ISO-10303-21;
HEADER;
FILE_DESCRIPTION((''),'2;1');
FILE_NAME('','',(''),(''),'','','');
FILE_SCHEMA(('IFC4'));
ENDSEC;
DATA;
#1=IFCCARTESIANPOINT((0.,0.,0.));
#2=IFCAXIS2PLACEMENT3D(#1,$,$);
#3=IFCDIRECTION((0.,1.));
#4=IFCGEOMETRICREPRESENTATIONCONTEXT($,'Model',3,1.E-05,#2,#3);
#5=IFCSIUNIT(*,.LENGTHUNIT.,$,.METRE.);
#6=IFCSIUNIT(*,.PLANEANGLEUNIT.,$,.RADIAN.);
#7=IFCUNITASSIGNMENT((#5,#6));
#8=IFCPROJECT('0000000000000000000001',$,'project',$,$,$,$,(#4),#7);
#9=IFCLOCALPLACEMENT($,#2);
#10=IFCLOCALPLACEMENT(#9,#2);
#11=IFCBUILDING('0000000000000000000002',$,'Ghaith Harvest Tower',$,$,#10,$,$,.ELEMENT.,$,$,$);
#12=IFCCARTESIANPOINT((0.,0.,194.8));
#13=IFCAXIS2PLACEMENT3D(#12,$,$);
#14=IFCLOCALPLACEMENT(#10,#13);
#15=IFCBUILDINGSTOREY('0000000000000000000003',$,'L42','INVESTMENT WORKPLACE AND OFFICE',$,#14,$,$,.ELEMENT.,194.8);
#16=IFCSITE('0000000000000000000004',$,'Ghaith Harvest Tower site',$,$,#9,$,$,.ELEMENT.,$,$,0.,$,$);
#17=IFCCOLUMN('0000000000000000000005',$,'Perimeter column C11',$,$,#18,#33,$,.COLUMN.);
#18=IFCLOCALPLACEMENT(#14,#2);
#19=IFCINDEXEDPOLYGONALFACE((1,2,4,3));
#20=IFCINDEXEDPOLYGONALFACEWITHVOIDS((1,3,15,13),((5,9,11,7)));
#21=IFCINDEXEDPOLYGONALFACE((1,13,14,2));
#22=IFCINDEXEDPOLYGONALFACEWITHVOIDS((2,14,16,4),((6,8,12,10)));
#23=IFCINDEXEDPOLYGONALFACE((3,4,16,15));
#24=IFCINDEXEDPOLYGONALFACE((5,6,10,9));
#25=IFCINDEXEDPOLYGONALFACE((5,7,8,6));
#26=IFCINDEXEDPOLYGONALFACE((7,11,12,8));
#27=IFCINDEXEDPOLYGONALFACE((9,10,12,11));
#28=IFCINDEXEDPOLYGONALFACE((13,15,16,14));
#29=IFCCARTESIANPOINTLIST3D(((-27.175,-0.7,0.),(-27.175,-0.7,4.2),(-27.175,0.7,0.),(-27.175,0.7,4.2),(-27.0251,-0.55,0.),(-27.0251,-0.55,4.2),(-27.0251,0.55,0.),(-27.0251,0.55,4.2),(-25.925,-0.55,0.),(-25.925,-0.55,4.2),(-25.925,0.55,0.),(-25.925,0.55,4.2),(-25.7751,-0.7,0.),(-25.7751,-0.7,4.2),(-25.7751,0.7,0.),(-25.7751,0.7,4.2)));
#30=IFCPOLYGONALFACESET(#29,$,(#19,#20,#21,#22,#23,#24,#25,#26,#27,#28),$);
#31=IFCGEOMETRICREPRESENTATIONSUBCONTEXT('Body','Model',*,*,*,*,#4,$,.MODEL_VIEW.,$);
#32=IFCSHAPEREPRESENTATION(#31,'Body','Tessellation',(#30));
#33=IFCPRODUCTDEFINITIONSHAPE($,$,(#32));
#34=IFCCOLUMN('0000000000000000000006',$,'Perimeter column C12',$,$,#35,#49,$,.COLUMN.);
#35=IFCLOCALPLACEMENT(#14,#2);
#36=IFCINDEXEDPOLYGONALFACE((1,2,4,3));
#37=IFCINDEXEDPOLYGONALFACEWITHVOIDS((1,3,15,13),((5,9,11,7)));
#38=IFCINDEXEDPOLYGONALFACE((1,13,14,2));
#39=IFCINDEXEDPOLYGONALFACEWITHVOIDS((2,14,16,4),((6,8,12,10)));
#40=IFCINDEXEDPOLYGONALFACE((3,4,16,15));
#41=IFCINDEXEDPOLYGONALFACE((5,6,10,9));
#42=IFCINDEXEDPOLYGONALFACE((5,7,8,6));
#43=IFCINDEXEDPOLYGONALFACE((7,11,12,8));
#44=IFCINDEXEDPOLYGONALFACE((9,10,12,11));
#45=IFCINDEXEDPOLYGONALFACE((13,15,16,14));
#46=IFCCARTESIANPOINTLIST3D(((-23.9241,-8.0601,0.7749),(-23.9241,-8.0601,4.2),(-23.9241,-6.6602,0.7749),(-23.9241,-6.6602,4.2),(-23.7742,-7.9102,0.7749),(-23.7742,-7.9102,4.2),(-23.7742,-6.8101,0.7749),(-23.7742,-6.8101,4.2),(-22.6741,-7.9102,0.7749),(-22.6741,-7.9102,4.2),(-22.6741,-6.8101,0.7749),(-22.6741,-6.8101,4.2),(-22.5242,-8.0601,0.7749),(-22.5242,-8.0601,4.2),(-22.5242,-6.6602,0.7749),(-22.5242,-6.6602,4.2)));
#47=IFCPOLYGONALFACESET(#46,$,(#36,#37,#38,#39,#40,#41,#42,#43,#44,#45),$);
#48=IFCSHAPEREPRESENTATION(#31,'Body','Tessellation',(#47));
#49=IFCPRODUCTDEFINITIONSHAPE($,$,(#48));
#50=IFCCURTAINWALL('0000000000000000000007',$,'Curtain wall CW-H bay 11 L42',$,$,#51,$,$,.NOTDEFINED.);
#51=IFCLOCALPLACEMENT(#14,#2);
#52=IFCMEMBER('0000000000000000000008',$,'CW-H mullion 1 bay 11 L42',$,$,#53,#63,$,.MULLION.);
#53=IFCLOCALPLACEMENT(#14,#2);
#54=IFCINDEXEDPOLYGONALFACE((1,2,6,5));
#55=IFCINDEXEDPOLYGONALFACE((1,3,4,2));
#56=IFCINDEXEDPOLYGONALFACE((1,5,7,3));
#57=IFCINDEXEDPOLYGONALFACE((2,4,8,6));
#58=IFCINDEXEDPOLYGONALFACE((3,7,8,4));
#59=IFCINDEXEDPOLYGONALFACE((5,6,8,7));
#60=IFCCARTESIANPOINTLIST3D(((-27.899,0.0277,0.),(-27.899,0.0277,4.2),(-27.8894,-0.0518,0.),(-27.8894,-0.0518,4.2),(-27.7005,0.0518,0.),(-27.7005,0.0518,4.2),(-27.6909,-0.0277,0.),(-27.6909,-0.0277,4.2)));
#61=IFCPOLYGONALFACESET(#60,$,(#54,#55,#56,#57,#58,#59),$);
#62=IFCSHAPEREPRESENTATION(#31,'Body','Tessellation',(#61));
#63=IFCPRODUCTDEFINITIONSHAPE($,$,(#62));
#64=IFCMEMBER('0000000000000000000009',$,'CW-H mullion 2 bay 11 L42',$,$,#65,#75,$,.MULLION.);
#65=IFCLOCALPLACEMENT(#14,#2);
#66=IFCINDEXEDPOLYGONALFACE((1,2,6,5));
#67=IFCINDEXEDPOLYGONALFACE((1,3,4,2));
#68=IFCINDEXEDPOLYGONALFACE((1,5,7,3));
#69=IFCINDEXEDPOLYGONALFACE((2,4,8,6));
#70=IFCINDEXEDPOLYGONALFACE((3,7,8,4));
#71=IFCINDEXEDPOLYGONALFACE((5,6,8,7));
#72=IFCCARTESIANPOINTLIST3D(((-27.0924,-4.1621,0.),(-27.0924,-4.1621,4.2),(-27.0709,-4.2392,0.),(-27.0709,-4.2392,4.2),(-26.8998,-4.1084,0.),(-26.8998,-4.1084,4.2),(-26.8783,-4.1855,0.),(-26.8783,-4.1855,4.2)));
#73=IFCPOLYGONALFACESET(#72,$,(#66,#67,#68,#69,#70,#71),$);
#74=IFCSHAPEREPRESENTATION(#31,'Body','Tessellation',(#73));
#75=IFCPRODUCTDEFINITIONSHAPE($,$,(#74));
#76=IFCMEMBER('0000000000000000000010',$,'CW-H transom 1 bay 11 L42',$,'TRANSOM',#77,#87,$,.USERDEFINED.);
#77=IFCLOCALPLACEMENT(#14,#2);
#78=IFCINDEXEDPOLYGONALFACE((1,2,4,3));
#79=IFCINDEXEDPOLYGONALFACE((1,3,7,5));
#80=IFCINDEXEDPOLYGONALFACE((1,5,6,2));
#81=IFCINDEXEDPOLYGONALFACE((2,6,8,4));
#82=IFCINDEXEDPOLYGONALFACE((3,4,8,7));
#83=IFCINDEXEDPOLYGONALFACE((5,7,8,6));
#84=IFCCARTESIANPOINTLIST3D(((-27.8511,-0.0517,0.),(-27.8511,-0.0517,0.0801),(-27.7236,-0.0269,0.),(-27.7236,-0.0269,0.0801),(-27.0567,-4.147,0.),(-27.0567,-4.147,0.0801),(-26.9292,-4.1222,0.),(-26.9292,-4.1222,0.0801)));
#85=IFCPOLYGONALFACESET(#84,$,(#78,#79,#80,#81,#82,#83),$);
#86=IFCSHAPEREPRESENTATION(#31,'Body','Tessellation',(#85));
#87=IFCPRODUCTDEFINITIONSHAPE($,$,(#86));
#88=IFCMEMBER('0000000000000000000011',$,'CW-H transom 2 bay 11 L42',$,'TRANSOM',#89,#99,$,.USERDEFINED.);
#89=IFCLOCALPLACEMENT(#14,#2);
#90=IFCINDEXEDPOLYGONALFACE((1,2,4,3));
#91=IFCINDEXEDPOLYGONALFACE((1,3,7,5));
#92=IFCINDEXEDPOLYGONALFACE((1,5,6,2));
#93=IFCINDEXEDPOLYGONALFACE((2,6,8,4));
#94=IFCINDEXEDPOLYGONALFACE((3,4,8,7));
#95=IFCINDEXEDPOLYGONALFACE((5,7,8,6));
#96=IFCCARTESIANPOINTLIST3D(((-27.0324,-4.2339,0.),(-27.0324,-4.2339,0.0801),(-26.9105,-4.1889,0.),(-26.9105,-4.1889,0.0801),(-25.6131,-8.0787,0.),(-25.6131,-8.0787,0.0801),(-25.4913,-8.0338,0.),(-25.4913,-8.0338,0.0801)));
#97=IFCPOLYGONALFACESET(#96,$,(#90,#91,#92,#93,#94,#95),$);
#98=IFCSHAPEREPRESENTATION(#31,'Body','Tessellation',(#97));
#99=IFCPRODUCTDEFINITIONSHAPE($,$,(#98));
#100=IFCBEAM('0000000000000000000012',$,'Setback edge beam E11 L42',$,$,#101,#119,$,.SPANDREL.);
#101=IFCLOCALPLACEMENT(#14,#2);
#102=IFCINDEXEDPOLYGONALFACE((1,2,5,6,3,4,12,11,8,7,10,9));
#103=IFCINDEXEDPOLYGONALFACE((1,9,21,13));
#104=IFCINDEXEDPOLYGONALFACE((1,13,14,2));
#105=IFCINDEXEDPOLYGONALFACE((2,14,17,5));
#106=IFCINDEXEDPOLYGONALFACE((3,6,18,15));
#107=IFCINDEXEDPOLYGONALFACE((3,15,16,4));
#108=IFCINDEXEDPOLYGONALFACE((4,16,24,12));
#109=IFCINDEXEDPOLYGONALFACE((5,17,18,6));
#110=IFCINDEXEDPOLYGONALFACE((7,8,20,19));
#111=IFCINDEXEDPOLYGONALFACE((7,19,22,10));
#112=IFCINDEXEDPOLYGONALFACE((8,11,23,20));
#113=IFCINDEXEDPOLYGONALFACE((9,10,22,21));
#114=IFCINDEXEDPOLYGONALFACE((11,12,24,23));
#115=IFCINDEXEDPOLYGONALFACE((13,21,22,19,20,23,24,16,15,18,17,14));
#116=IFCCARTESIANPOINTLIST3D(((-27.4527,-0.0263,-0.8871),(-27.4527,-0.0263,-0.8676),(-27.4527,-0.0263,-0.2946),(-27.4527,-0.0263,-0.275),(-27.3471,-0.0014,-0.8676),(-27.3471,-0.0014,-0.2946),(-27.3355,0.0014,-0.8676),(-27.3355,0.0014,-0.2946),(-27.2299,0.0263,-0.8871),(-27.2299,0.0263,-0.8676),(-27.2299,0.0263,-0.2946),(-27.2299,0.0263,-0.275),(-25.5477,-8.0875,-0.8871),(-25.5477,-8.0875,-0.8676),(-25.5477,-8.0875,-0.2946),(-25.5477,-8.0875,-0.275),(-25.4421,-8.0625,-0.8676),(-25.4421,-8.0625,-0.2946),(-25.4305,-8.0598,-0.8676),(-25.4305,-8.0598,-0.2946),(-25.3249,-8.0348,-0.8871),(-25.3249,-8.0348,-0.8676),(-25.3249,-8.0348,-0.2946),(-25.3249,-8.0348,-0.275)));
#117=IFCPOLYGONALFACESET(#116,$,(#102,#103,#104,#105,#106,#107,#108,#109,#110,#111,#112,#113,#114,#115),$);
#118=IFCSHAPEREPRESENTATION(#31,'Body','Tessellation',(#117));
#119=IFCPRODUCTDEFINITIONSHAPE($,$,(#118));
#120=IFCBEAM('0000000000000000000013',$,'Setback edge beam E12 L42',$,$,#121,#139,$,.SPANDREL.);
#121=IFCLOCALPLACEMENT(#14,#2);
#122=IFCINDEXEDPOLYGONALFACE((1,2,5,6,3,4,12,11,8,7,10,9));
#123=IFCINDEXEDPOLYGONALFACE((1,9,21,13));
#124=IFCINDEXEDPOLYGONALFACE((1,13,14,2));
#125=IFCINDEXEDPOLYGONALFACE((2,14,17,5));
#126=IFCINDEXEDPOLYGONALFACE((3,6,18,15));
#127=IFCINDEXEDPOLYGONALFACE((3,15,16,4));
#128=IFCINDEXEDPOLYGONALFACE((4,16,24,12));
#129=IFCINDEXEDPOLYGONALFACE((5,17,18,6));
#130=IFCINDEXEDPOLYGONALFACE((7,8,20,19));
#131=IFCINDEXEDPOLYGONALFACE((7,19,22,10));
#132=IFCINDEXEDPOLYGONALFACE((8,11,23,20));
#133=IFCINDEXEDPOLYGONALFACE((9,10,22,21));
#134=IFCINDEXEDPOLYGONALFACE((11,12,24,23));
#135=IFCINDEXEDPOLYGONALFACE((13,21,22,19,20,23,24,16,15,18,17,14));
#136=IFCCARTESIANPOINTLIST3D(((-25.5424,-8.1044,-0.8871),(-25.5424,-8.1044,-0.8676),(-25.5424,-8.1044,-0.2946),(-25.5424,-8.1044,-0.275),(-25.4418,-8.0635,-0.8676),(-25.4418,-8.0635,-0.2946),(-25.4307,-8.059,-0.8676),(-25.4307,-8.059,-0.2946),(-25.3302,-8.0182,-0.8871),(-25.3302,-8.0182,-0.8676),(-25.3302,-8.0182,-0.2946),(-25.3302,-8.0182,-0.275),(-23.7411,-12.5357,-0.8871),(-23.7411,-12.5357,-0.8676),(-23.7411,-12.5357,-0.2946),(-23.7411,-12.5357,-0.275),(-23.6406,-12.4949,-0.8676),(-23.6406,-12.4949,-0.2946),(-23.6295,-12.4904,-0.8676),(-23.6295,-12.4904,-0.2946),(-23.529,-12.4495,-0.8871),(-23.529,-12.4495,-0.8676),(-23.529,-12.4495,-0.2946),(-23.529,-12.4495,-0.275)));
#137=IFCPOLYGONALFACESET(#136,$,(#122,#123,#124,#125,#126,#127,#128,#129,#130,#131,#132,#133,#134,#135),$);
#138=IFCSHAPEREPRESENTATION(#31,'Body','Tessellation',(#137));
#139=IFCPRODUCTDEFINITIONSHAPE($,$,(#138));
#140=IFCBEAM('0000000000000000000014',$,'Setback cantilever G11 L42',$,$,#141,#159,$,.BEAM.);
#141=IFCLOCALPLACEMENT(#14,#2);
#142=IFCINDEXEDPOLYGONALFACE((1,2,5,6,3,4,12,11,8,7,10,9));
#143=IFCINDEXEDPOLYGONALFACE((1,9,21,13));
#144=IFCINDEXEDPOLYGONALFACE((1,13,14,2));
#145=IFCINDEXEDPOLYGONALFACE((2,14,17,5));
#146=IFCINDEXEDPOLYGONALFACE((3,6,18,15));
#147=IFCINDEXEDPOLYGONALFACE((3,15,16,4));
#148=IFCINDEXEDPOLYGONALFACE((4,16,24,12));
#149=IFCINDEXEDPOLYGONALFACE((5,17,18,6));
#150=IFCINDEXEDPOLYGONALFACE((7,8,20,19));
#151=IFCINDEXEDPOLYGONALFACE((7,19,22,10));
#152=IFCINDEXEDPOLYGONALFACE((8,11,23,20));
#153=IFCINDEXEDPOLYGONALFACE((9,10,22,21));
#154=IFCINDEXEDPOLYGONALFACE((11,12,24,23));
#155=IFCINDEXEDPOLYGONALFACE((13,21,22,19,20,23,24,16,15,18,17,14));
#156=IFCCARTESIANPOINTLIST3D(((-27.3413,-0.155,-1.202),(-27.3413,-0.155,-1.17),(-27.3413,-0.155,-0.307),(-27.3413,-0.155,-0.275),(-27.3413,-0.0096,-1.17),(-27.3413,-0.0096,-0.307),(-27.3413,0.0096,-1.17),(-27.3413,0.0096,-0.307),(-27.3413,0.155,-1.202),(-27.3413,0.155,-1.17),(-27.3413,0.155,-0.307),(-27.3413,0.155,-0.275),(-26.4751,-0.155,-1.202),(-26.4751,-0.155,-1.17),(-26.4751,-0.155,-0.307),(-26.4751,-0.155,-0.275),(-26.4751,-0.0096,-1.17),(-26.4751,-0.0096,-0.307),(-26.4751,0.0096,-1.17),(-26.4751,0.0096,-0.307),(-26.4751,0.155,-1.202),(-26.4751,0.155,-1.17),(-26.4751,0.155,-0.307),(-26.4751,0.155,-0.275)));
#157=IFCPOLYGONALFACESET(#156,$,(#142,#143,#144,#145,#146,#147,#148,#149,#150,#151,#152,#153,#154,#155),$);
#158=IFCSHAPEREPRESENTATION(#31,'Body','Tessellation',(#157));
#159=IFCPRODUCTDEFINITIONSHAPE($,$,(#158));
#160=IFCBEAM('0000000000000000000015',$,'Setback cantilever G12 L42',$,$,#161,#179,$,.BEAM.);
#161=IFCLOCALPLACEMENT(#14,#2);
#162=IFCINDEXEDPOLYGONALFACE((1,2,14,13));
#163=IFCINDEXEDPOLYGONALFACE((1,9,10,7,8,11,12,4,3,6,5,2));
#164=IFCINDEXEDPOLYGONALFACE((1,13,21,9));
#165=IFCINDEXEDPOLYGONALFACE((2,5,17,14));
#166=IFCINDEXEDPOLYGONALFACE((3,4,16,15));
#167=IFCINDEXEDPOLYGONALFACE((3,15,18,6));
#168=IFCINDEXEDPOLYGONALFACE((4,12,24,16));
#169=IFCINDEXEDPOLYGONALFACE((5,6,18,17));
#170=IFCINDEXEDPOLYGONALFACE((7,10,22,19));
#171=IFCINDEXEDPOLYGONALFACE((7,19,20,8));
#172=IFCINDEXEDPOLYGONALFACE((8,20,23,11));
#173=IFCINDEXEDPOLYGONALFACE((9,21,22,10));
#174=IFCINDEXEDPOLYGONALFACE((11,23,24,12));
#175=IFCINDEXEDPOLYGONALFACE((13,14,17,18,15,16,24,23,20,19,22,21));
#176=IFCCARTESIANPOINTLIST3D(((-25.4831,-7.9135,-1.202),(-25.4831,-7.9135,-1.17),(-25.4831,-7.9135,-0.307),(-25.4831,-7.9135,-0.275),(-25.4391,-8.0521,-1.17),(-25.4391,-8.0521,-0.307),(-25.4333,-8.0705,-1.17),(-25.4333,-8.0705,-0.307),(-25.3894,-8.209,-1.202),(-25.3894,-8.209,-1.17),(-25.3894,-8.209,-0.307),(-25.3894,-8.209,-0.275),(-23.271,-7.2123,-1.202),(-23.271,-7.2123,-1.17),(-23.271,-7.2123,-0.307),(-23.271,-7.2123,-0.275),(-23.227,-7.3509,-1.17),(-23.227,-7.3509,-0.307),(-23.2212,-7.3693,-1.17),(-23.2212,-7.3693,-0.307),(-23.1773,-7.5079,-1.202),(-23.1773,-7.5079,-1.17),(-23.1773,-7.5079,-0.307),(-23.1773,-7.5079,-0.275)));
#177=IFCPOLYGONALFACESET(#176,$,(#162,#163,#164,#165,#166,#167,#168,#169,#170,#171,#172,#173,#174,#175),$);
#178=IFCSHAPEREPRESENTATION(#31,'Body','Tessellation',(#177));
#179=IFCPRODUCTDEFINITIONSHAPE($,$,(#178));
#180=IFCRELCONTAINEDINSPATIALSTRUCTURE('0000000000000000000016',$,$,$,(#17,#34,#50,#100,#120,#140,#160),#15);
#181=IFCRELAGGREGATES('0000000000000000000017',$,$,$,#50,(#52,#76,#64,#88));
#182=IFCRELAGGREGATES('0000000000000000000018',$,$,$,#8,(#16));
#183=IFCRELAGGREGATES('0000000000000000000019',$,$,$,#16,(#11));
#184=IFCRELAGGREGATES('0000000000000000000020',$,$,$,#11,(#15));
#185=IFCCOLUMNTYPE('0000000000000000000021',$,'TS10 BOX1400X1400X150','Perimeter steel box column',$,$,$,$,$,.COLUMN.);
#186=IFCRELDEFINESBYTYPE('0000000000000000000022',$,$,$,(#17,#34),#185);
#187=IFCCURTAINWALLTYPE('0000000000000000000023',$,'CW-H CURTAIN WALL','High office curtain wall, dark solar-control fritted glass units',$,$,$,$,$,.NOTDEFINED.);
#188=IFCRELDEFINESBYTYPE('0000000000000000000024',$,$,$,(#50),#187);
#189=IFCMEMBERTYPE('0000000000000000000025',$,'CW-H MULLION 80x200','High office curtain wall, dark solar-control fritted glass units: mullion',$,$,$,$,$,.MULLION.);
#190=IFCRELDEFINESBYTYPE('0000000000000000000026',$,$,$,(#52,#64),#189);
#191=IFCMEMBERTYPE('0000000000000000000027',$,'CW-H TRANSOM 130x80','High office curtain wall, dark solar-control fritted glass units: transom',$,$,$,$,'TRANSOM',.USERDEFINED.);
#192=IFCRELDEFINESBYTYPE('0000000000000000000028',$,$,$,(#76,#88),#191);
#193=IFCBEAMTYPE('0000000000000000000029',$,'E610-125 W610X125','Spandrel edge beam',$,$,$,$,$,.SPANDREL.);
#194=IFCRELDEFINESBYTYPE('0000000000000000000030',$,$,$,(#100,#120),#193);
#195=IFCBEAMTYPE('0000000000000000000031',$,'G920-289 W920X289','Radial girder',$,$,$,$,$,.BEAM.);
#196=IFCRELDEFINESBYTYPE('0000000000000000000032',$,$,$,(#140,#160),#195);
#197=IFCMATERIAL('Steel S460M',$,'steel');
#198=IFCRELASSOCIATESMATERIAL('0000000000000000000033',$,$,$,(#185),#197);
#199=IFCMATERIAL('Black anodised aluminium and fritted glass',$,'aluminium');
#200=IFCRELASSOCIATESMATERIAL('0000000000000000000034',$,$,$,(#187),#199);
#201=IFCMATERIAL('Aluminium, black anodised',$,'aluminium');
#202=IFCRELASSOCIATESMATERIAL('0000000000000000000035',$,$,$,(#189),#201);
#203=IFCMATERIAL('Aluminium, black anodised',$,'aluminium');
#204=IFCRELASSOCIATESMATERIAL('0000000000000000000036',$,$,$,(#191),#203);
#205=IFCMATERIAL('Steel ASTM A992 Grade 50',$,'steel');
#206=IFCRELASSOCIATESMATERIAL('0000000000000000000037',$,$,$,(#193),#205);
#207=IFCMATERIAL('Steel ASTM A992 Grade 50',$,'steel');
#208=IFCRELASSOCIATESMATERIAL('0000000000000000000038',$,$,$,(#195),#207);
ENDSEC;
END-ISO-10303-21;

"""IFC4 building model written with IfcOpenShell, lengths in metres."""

from ifc_helpers import new_model, si_unit, direction, frame, origin, origin_2d, place, context, subcontext, project, spatial, rectangle, hollow_rectangle, i_section, extrude, material, material_profile, profile_set, type_object, element, aggregate, save


model = new_model("IFC4")

# Units and contexts
model_context = context("Model", 3, precision=1e-05, world=origin(), true_north=direction((0.0, 1.0)))
body_context = subcontext(model_context, "Body", "Model", "MODEL_VIEW")
ifc_project = project(units=[si_unit("LENGTHUNIT", "METRE"), si_unit("PLANEANGLEUNIT", "RADIAN")], contexts=[model_context])

# Site, building, storey
site_placement = place(None, origin())
site = spatial("IfcSite", under=ifc_project, at=site_placement, Name="Ghaith Harvest Tower site", CompositionType="ELEMENT", RefElevation=0.0)
building_placement = place(site_placement, origin())
building = spatial("IfcBuilding", under=site, at=building_placement, Name="Ghaith Harvest Tower", CompositionType="ELEMENT")
storey_placement = place(building_placement, frame((0.0, 0.0, 194.8)))
storey = spatial("IfcBuildingStorey", under=building, at=storey_placement, Name="L42", Description="INVESTMENT WORKPLACE AND OFFICE", CompositionType="ELEMENT", Elevation=194.8)

# Columns
ifc_material_1 = material(Name="Steel S460M", Category="steel")
ifc_material_profile_1 = material_profile(ifc_material_1, hollow_rectangle(XDim=1.3999, YDim=1.3999, WallThickness=0.1499, at=origin_2d()), Name="BOX1400X1400X150")
ifc_profile_set_1 = profile_set([ifc_material_profile_1], Name="Steel S460M")
column_type = type_object("IfcColumnType", Name="TS10 BOX1400X1400X150", Description="Perimeter steel box column", PredefinedType="COLUMN", material=ifc_profile_set_1)
column_1_placement = place(storey_placement, frame((-26.4751, 0.0, 0.0), z_axis=(0.0, 0.0, 1.0), x_axis=(1.0, 0.0, 0.0)))
element("IfcColumn", 1, at=column_1_placement, inside=storey, type_object=column_type, Name="Perimeter column C11", PredefinedType="COLUMN", context=body_context, shape_type="SweptSolid", body=[
    extrude(hollow_rectangle(XDim=1.3999, YDim=1.3999, WallThickness=0.1499, at=origin_2d()), origin(), (0.0, 0.0, 1.0), 4.2),
])
column_2_placement = place(storey_placement, frame((-23.2241, -7.3601, 0.7749), z_axis=(0.0, 0.0, 1.0), x_axis=(1.0, 0.0, 0.0)))
element("IfcColumn", 2, at=column_2_placement, inside=storey, type_object=column_type, Name="Perimeter column C12", PredefinedType="COLUMN", context=body_context, shape_type="SweptSolid", body=[
    extrude(hollow_rectangle(XDim=1.3999, YDim=1.3999, WallThickness=0.1499, at=origin_2d()), origin(), (0.0, 0.0, 1.0), 3.425),
])

# Curtain wall, members
ifc_material_2 = material(Name="Black anodised aluminium and fritted glass", Category="aluminium")
curtain_wall_type = type_object("IfcCurtainWallType", Name="CW-H CURTAIN WALL", Description="High office curtain wall, dark solar-control fritted glass units", PredefinedType="NOTDEFINED", material=ifc_material_2)
curtain_wall_placement = place(storey_placement, origin())
curtain_wall = element("IfcCurtainWall", 3, at=curtain_wall_placement, inside=storey, type_object=curtain_wall_type, Name="Curtain wall CW-H bay 11 L42", PredefinedType="NOTDEFINED")
ifc_material_3 = material(Name="Aluminium, black anodised", Category="aluminium")
ifc_material_profile_2 = material_profile(ifc_material_3, rectangle(XDim=0.0801, YDim=0.2, at=origin_2d()), Name="CW-H MULLION 80x200")
ifc_profile_set_2 = profile_set([ifc_material_profile_2], Name="Aluminium, black anodised")
member_type_1 = type_object("IfcMemberType", Name="CW-H MULLION 80x200", Description="High office curtain wall, dark solar-control fritted glass units: mullion", PredefinedType="MULLION", material=ifc_profile_set_2)
member_1_placement = place(storey_placement, frame((-27.7949, 0.0, 0.0), z_axis=(0.0, 0.0, 1.0), x_axis=(0.12025, -0.992744, 0.0)))
member_1 = element("IfcMember", 4, at=member_1_placement, type_object=member_type_1, Name="CW-H mullion 1 bay 11 L42", PredefinedType="MULLION", context=body_context, shape_type="SweptSolid", body=[
    extrude(rectangle(XDim=0.0801, YDim=0.2, at=origin_2d()), origin(), (0.0, 0.0, 1.0), 4.2),
])
member_2_placement = place(storey_placement, frame((-26.9854, -4.1738, 0.0), z_axis=(0.0, 0.0, 1.0), x_axis=(0.268569, -0.96326, 0.0)))
member_2 = element("IfcMember", 5, at=member_2_placement, type_object=member_type_1, Name="CW-H mullion 2 bay 11 L42", PredefinedType="MULLION", context=body_context, shape_type="SweptSolid", body=[
    extrude(rectangle(XDim=0.0801, YDim=0.2, at=origin_2d()), origin(), (0.0, 0.0, 1.0), 4.2),
])
ifc_material_4 = material(Name="Aluminium, black anodised", Category="aluminium")
ifc_material_profile_3 = material_profile(ifc_material_4, rectangle(XDim=0.1299, YDim=0.0801, at=origin_2d()), Name="CW-H TRANSOM 130x80")
ifc_profile_set_3 = profile_set([ifc_material_profile_3], Name="Aluminium, black anodised")
member_type_2 = type_object("IfcMemberType", Name="CW-H TRANSOM 130x80", Description="High office curtain wall, dark solar-control fritted glass units: transom", ElementType="TRANSOM", PredefinedType="USERDEFINED", material=ifc_profile_set_3)
member_3_placement = place(storey_placement, frame((-27.7874, -0.0393, 0.04), z_axis=(0.19044, -0.981699, 0.0), x_axis=(0.981699, 0.19044, 0.0)))
member_3 = element("IfcMember", 6, at=member_3_placement, type_object=member_type_2, Name="CW-H transom 1 bay 11 L42", ObjectType="TRANSOM", PredefinedType="USERDEFINED", context=body_context, shape_type="SweptSolid", body=[
    extrude(rectangle(XDim=0.1299, YDim=0.0801, at=origin_2d()), origin(), (0.0, 0.0, 1.0), 4.1716),
])
member_4_placement = place(storey_placement, frame((-26.9714, -4.2114, 0.04), z_axis=(0.346288, -0.938128, 0.0), x_axis=(0.938128, 0.346288, 0.0)))
member_4 = element("IfcMember", 7, at=member_4_placement, type_object=member_type_2, Name="CW-H transom 2 bay 11 L42", ObjectType="TRANSOM", PredefinedType="USERDEFINED", context=body_context, shape_type="SweptSolid", body=[
    extrude(rectangle(XDim=0.1299, YDim=0.0801, at=origin_2d()), origin(), (0.0, 0.0, 1.0), 4.0984),
])

# Beams
ifc_material_5 = material(Name="Steel ASTM A992 Grade 50", Category="steel")
ifc_material_profile_4 = material_profile(ifc_material_5, i_section(OverallWidth=0.229, OverallDepth=0.6121, WebThickness=0.012, FlangeThickness=0.0195, at=origin_2d()), Name="W610X125")
ifc_profile_set_4 = profile_set([ifc_material_profile_4], Name="Steel ASTM A992 Grade 50")
beam_type_1 = type_object("IfcBeamType", Name="E610-125 W610X125", Description="Spandrel edge beam", PredefinedType="SPANDREL", material=ifc_profile_set_4)
beam_1_placement = place(storey_placement, frame((-27.3413, 0.0, -0.5811), z_axis=(0.229984, -0.973194, 0.0), x_axis=(0.973194, 0.229984, 0.0)))
element("IfcBeam", 8, at=beam_1_placement, inside=storey, type_object=beam_type_1, Name="Setback edge beam E11 L42", PredefinedType="SPANDREL", context=body_context, shape_type="SweptSolid", body=[
    extrude(i_section(OverallWidth=0.229, OverallDepth=0.6121, WebThickness=0.012, FlangeThickness=0.0195, at=origin_2d()), origin(), (0.0, 0.0, 1.0), 8.2832),
])
beam_2_placement = place(storey_placement, frame((-25.4363, -8.0613, -0.5811), z_axis=(0.376559, -0.926393, 0.0), x_axis=(0.926393, 0.376559, 0.0)))
element("IfcBeam", 9, at=beam_2_placement, inside=storey, type_object=beam_type_1, Name="Setback edge beam E12 L42", PredefinedType="SPANDREL", context=body_context, shape_type="SweptSolid", body=[
    extrude(i_section(OverallWidth=0.229, OverallDepth=0.6121, WebThickness=0.012, FlangeThickness=0.0195, at=origin_2d()), origin(), (0.0, 0.0, 1.0), 4.7834),
])
ifc_material_6 = material(Name="Steel ASTM A992 Grade 50", Category="steel")
ifc_material_profile_5 = material_profile(ifc_material_6, i_section(OverallWidth=0.3101, OverallDepth=0.927, WebThickness=0.0193, FlangeThickness=0.032, at=origin_2d()), Name="W920X289")
ifc_profile_set_5 = profile_set([ifc_material_profile_5], Name="Steel ASTM A992 Grade 50")
beam_type_2 = type_object("IfcBeamType", Name="G920-289 W920X289", Description="Radial girder", PredefinedType="BEAM", material=ifc_profile_set_5)
beam_3_placement = place(storey_placement, frame((-26.4751, 0.0, -0.7385), z_axis=(-1.0, 0.0, 0.0), x_axis=(0.0, -1.0, 0.0)))
element("IfcBeam", 10, at=beam_3_placement, inside=storey, type_object=beam_type_2, Name="Setback cantilever G11 L42", PredefinedType="BEAM", context=body_context, shape_type="SweptSolid", body=[
    extrude(i_section(OverallWidth=0.3101, OverallDepth=0.927, WebThickness=0.0193, FlangeThickness=0.032, at=origin_2d()), origin(), (0.0, 0.0, 1.0), 0.8662),
])
beam_4_placement = place(storey_placement, frame((-23.2241, -7.3601, -0.7385), z_axis=(-0.953261, -0.302148, 0.0), x_axis=(0.302148, -0.953261, 0.0)))
element("IfcBeam", 11, at=beam_4_placement, inside=storey, type_object=beam_type_2, Name="Setback cantilever G12 L42", PredefinedType="BEAM", context=body_context, shape_type="SweptSolid", body=[
    extrude(i_section(OverallWidth=0.3101, OverallDepth=0.927, WebThickness=0.0193, FlangeThickness=0.032, at=origin_2d()), origin(), (0.0, 0.0, 1.0), 2.3206),
])

aggregate(curtain_wall, [member_1, member_3, member_2, member_4])

save(model, "model.ifc")
